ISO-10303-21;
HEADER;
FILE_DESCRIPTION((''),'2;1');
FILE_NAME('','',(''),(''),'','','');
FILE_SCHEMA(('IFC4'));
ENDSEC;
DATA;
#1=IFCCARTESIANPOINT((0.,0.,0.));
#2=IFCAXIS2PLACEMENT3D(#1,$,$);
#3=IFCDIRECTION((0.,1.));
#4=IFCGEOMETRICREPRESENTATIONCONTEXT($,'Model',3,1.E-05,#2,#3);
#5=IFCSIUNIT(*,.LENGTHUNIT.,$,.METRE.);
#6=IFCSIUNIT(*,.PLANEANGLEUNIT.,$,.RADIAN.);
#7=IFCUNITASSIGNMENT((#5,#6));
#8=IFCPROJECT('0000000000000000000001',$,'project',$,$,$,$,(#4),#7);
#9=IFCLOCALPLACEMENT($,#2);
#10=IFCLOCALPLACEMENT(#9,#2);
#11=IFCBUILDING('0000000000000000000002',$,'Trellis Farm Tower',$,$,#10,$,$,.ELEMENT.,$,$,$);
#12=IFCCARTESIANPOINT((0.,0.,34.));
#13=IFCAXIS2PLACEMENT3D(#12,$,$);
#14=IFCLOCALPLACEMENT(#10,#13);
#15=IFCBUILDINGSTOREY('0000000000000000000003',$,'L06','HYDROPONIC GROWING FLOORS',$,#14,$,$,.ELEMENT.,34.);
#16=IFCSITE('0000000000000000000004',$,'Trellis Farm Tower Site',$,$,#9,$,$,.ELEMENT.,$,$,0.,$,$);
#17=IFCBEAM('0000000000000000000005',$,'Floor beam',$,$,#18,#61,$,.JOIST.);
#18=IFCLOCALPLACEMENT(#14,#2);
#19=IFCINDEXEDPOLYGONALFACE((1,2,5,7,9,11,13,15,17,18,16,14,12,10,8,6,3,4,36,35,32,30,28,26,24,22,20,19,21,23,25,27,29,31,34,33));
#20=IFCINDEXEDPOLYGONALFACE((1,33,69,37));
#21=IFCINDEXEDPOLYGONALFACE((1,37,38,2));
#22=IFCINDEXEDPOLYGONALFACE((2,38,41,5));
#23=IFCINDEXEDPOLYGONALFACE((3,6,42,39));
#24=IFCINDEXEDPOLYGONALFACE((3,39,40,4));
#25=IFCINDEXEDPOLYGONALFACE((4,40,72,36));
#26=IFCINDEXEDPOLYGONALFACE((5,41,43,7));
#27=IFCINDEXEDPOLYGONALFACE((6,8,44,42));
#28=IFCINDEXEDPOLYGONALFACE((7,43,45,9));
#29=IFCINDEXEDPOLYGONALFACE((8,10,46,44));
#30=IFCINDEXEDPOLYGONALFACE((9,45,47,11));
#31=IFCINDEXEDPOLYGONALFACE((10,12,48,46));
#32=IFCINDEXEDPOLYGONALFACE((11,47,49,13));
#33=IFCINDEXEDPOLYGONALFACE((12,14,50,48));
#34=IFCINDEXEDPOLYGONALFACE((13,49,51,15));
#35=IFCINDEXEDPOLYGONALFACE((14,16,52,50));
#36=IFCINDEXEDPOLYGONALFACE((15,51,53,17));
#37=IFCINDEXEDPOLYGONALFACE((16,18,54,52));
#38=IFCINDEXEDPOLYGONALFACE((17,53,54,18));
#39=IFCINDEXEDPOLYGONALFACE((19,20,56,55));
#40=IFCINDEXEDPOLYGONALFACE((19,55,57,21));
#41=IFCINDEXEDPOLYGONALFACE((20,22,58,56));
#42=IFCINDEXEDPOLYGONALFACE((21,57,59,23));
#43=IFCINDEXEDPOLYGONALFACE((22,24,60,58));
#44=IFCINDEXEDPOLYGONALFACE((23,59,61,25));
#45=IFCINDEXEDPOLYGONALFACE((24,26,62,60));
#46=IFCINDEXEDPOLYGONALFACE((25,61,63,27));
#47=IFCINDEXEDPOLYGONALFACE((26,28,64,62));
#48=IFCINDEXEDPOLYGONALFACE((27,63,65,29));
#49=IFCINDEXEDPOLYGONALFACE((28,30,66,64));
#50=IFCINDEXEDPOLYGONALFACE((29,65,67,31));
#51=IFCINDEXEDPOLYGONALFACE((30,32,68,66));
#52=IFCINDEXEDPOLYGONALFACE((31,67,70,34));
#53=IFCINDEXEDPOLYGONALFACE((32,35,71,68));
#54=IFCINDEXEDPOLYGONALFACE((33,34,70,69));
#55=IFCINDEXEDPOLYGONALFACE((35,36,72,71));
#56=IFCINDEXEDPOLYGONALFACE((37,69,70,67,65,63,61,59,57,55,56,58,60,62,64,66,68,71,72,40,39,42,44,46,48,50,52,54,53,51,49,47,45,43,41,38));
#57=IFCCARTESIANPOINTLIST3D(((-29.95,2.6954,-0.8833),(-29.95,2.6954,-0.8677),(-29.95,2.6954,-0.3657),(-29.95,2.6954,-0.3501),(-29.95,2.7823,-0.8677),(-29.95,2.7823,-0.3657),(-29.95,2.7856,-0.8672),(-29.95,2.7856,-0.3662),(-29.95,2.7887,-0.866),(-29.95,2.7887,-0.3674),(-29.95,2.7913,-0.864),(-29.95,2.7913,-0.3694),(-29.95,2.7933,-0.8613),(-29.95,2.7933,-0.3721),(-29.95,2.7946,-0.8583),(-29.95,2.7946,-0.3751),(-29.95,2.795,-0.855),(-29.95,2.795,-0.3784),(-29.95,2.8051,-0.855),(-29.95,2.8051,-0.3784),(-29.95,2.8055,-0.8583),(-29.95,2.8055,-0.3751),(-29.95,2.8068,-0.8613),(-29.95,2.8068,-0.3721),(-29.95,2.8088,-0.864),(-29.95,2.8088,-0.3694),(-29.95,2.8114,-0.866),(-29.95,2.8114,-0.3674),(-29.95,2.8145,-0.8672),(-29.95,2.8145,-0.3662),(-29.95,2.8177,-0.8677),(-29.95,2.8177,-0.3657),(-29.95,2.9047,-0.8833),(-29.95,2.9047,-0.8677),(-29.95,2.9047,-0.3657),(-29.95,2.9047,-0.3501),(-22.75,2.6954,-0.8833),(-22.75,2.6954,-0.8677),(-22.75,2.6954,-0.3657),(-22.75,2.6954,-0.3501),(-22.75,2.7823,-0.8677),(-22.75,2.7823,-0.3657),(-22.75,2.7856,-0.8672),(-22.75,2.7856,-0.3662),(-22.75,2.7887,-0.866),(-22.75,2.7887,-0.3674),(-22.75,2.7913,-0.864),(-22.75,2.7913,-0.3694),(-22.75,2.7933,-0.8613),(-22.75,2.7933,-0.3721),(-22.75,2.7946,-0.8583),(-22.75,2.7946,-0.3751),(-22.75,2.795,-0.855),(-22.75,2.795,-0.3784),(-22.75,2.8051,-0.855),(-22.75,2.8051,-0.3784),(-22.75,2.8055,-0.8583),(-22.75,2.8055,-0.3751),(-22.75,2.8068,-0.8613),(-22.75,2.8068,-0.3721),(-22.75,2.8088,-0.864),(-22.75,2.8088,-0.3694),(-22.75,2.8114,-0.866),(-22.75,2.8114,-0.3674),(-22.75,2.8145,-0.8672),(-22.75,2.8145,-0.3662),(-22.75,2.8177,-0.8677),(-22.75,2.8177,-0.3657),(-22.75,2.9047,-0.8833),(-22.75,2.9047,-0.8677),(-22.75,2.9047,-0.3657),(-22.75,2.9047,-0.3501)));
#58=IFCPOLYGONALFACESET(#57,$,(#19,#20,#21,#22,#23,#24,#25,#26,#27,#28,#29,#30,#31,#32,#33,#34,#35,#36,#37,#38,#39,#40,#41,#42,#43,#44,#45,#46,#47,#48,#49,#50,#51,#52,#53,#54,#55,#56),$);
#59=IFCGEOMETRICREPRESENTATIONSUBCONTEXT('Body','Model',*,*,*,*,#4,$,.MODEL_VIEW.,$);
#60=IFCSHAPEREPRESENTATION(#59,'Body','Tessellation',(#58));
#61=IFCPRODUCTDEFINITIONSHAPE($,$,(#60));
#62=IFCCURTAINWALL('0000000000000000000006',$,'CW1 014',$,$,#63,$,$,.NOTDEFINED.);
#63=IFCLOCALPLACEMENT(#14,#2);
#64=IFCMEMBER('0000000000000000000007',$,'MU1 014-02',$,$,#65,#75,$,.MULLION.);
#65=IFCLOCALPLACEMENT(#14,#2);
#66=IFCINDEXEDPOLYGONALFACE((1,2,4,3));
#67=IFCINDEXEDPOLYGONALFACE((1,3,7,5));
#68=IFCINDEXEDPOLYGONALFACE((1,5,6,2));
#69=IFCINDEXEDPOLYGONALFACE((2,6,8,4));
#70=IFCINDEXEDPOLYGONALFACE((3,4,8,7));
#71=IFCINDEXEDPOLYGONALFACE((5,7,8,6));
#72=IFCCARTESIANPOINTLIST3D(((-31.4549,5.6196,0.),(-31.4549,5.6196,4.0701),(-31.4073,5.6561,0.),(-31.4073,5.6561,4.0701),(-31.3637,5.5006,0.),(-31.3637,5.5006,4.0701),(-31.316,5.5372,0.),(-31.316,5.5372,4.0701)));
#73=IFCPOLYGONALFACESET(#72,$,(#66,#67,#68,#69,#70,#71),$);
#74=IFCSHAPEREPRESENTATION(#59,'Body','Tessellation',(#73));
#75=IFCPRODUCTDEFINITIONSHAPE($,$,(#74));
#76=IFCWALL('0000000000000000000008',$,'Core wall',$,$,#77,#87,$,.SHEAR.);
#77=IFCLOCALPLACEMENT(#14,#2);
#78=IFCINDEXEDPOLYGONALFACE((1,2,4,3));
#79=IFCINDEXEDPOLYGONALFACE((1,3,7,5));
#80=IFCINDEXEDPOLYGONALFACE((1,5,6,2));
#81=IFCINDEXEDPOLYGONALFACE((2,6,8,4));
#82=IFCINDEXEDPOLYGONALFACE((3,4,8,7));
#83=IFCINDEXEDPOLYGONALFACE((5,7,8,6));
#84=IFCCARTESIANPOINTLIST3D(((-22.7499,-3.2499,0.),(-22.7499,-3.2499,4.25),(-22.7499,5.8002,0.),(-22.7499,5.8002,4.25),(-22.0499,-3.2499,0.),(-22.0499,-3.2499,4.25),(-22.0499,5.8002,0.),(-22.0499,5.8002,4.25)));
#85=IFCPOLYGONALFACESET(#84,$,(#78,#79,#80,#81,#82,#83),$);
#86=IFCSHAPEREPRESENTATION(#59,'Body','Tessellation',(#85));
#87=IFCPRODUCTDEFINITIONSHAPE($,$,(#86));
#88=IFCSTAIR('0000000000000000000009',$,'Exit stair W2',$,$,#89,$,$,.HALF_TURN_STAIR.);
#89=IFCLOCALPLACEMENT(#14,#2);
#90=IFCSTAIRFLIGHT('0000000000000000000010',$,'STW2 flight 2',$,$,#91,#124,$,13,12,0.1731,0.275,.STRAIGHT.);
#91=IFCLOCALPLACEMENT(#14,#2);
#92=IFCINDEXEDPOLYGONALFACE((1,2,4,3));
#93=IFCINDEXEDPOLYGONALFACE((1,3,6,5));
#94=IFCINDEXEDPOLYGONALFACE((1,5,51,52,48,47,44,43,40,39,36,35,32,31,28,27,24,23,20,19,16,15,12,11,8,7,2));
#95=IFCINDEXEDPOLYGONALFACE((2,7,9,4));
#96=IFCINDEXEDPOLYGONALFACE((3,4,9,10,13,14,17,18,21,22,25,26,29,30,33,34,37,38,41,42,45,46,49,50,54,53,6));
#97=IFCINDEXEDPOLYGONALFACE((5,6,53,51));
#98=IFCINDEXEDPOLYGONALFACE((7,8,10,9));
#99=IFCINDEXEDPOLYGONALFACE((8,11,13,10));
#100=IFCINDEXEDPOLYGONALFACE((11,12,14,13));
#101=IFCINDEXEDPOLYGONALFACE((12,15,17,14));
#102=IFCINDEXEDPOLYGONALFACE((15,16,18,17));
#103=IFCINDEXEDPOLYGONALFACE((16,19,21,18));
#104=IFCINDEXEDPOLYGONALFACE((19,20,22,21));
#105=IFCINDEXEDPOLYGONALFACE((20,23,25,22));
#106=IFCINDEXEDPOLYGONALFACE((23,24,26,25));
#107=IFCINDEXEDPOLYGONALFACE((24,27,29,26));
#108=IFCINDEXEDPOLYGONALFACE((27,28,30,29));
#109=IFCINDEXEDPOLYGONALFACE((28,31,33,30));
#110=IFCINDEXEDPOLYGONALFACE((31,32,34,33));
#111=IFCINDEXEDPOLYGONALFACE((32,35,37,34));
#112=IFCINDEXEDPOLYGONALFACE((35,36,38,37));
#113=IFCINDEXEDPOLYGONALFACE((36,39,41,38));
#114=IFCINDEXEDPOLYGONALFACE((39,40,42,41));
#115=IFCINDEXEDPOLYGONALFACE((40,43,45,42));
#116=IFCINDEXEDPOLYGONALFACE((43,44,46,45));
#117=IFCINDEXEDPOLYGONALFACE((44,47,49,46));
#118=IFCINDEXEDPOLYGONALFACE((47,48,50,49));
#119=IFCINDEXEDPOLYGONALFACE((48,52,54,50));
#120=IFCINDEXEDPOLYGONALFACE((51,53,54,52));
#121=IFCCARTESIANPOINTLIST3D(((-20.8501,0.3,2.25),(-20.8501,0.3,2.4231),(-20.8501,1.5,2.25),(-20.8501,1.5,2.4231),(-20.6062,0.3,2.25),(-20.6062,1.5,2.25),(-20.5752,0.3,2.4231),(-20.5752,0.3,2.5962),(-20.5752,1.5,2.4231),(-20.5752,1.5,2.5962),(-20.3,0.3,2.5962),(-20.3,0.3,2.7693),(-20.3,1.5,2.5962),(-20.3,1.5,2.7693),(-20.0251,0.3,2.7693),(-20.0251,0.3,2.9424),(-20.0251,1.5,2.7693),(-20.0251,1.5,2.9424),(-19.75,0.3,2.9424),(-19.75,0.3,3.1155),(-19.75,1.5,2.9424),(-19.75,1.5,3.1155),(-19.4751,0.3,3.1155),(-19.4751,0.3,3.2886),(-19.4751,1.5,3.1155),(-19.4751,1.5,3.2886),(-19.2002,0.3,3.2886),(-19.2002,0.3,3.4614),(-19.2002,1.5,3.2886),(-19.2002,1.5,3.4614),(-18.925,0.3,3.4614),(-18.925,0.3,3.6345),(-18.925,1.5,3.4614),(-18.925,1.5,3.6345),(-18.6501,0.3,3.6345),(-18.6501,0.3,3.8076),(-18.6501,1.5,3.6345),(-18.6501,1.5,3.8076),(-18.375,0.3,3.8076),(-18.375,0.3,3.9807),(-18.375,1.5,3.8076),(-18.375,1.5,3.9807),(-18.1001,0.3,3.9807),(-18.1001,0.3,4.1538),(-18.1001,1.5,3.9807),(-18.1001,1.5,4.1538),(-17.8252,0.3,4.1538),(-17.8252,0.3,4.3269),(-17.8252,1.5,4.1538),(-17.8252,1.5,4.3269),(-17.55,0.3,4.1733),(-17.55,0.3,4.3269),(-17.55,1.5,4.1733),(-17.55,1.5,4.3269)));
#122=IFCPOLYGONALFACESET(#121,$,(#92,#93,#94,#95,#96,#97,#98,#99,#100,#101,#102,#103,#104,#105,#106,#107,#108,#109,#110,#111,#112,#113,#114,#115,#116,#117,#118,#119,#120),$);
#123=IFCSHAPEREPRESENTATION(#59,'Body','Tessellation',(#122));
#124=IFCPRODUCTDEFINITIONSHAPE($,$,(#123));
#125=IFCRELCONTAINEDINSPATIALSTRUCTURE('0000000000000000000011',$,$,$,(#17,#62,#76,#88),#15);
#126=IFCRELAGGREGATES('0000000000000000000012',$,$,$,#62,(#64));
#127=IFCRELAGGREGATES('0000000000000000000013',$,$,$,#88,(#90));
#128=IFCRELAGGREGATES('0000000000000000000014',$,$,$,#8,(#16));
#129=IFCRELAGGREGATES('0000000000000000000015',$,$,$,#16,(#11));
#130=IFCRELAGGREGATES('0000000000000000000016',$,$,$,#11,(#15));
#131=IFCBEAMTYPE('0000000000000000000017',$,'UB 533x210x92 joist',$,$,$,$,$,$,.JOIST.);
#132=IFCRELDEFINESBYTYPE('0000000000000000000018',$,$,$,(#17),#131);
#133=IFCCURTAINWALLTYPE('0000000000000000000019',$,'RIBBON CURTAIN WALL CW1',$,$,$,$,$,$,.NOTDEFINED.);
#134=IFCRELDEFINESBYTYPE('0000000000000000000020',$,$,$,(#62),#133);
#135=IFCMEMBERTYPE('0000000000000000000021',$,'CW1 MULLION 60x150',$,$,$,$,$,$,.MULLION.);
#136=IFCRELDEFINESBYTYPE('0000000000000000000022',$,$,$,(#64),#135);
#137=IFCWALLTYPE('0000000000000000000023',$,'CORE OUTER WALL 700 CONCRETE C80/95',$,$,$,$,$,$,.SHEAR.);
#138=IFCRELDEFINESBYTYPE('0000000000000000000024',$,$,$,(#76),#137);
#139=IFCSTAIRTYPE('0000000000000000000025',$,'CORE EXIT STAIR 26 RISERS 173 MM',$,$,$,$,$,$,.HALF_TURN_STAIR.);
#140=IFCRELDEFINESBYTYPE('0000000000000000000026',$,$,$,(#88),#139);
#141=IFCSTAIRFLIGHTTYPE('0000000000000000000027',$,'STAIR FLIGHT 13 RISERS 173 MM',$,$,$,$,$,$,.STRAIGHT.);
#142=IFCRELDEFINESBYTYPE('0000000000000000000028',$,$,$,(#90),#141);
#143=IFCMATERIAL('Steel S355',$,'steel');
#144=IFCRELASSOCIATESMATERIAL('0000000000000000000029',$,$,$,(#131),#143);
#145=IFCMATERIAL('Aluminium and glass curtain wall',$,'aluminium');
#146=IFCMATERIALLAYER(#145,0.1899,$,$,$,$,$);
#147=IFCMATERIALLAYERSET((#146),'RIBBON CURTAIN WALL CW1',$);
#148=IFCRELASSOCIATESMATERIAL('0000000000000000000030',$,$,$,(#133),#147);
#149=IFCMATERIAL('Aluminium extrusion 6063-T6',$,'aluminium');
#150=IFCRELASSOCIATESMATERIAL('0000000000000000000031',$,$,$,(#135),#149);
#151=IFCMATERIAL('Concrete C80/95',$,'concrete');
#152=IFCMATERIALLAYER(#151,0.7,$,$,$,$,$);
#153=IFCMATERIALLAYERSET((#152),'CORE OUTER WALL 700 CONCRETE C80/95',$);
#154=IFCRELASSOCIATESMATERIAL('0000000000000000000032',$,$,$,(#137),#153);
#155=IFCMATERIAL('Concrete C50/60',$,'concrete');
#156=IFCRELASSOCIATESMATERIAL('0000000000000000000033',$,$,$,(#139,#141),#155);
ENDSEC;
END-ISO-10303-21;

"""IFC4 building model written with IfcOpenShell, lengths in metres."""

from ifc_helpers import new_model, si_unit, direction, frame, frame_2d, origin, origin_2d, place, context, subcontext, project, spatial, polyline, rectangle, i_section, outline, extrude, source, transform, mapped, material, layer, layer_set, material_profile, profile_set, type_object, element, aggregate, save


model = new_model("IFC4")

# Units and contexts
model_context = context("Model", 3, precision=1e-05, world=origin(), true_north=direction((0.0, 1.0)))
body_context = subcontext(model_context, "Body", "Model", "MODEL_VIEW")
ifc_project = project(units=[si_unit("LENGTHUNIT", "METRE"), si_unit("PLANEANGLEUNIT", "RADIAN")], contexts=[model_context])

# Site, building, storey
site_placement = place(None, origin())
site = spatial("IfcSite", under=ifc_project, at=site_placement, Name="Trellis Farm Tower Site", CompositionType="ELEMENT", RefElevation=0.0)
building_placement = place(site_placement, origin())
building = spatial("IfcBuilding", under=site, at=building_placement, Name="Trellis Farm Tower", CompositionType="ELEMENT")
storey_placement = place(building_placement, frame((0.0, 0.0, 34.0)))
storey = spatial("IfcBuildingStorey", under=building, at=storey_placement, Name="L06", Description="HYDROPONIC GROWING FLOORS", CompositionType="ELEMENT", Elevation=34.0)

# Shared definitions
ifc_material_1 = material(Name="Concrete C80/95", Category="concrete")

# Beam
ifc_material_2 = material(Name="Steel S355", Category="steel")
ifc_material_profile_1 = material_profile(ifc_material_2, i_section(OverallWidth=0.2092, OverallDepth=0.5332, WebThickness=0.01, FlangeThickness=0.0156, FilletRadius=0.0127, at=origin_2d()), Name="UB 533x210x92")
ifc_profile_set_1 = profile_set([ifc_material_profile_1], Name="Steel S355")
beam_type_1 = type_object("IfcBeamType", Name="UB 533x210x92 joist", PredefinedType="JOIST", material=ifc_profile_set_1)
shared_shape_1 = source(origin(), body_context, "Body", "SweptSolid", [
    extrude(i_section(OverallWidth=0.2092, OverallDepth=0.5332, WebThickness=0.01, FlangeThickness=0.0156, FilletRadius=0.0127, at=origin_2d()), origin(), (0.0, 0.0, 1.0), 7.2),
])
beam_1_placement = place(storey_placement, frame((-29.95, 2.8, -0.6167), z_axis=(1.0, 0.0, 0.0), x_axis=(0.0, 1.0, 0.0)))
element("IfcBeam", 1, at=beam_1_placement, inside=storey, type_object=beam_type_1, Name="Floor beam", PredefinedType="JOIST", context=body_context, shape_type="MappedRepresentation", body=[
    mapped(shared_shape_1, transform((0.0, 0.0, 0.0))),
])

# Curtain wall, member
ifc_material_3 = material(Name="Aluminium and glass curtain wall", Category="aluminium")
ifc_layer_1 = layer(ifc_material_3, 0.1899)
ifc_layer_set_1 = layer_set([ifc_layer_1], Name="RIBBON CURTAIN WALL CW1")
curtain_wall_type = type_object("IfcCurtainWallType", Name="RIBBON CURTAIN WALL CW1", PredefinedType="NOTDEFINED", material=ifc_layer_set_1)
placement = place(storey_placement, origin())
curtain_wall = element("IfcCurtainWall", 2, at=placement, inside=storey, type_object=curtain_wall_type, Name="CW1 014", PredefinedType="NOTDEFINED")
ifc_material_4 = material(Name="Aluminium extrusion 6063-T6", Category="aluminium")
ifc_material_profile_2 = material_profile(ifc_material_4, rectangle(XDim=0.0601, YDim=0.1499, at=origin_2d()), Name="MULLION 60x150")
ifc_profile_set_2 = profile_set([ifc_material_profile_2], Name="Aluminium extrusion 6063-T6")
member_type = type_object("IfcMemberType", Name="CW1 MULLION 60x150", PredefinedType="MULLION", material=ifc_profile_set_2)
shared_shape_2 = source(origin(), body_context, "Body", "SweptSolid", [
    extrude(rectangle(XDim=0.0601, YDim=0.1499, at=origin_2d()), origin(), (0.0, 0.0, 1.0), 4.0701),
])
member_placement = place(storey_placement, frame((-31.3855, 5.5784, 0.0), z_axis=(0.0, 0.0, 1.0), x_axis=(-0.793353, -0.608761, 0.0)))
member = element("IfcMember", 3, at=member_placement, type_object=member_type, Name="MU1 014-02", PredefinedType="MULLION", context=body_context, shape_type="MappedRepresentation", body=[
    mapped(shared_shape_2, transform((0.0, 0.0, 0.0))),
])
aggregate(curtain_wall, [member])

# Wall
ifc_layer_2 = layer(ifc_material_1, 0.7)
ifc_layer_set_2 = layer_set([ifc_layer_2], Name="CORE OUTER WALL 700 CONCRETE C80/95")
wall_type = type_object("IfcWallType", Name="CORE OUTER WALL 700 CONCRETE C80/95", PredefinedType="SHEAR", material=ifc_layer_set_2)
shared_shape_3 = source(origin(), body_context, "Body", "SweptSolid", [
    extrude(rectangle(XDim=9.05, YDim=0.7, at=frame_2d((4.5249, 0.0))), origin(), (0.0, 0.0, 1.0), 4.25),
])
wall_placement = place(storey_placement, frame((-22.3999, 5.8, 0.0), z_axis=(0.0, 0.0, 1.0), x_axis=(0.0, -1.0, 0.0)))
element("IfcWall", 4, at=wall_placement, inside=storey, type_object=wall_type, Name="Core wall", PredefinedType="SHEAR", context=body_context, shape_type="MappedRepresentation", body=[
    mapped(shared_shape_3, transform((0.0, 0.0, 0.0))),
])

# Stair, stair flight
ifc_material_5 = material(Name="Concrete C50/60", Category="concrete")
stair_type = type_object("IfcStairType", Name="CORE EXIT STAIR 26 RISERS 173 MM", PredefinedType="HALF_TURN_STAIR", material=ifc_material_5)
stair = element("IfcStair", 5, at=placement, inside=storey, type_object=stair_type, Name="Exit stair W2", PredefinedType="HALF_TURN_STAIR")
stair_flight_type = type_object("IfcStairFlightType", Name="STAIR FLIGHT 13 RISERS 173 MM", PredefinedType="STRAIGHT", material=ifc_material_5)
shared_shape_4 = source(origin(), body_context, "Body", "SweptSolid", [
    extrude(outline(polyline([(0.0, 0.0), (0.0, 0.1731), (0.2749, 0.1731), (0.2749, 0.3462), (0.55, 0.3462), (0.55, 0.5193), (0.825, 0.5193), (0.825, 0.6924), (1.1001, 0.6924), (1.1001, 0.8655), (1.375, 0.8655), (1.375, 1.0386), (1.6499, 1.0386), (1.6499, 1.2114), (1.925, 1.2114), (1.925, 1.3845), (2.2, 1.3845), (2.2, 1.5576), (2.4751, 1.5576), (2.4751, 1.7307), (2.75, 1.7307), (2.75, 1.9038), (3.0249, 1.9038), (3.0249, 2.0769), (3.3, 2.0769), (3.3, 2.25), (3.3, 1.9233), (0.2439, 0.0), (0.0, 0.0)])), frame((0.0, 0.6001, 0.0), z_axis=(0.0, -1.0, 0.0), x_axis=(1.0, 0.0, 0.0)), (0.0, 0.0, 1.0), 1.2),
])
stair_flight_placement = place(storey_placement, frame((-20.8501, 0.8999, 2.25), z_axis=(0.0, 0.0, 1.0), x_axis=(1.0, 0.0, 0.0)))
stair_flight = element("IfcStairFlight", 6, at=stair_flight_placement, type_object=stair_flight_type, Name="STW2 flight 2", NumberOfRisers=13, NumberOfTreads=12, PredefinedType="STRAIGHT", RiserHeight=0.1731, TreadLength=0.275, context=body_context, shape_type="MappedRepresentation", body=[
    mapped(shared_shape_4, transform((0.0, 0.0, 0.0))),
])
aggregate(stair, [stair_flight])

save(model, "model.ifc")
